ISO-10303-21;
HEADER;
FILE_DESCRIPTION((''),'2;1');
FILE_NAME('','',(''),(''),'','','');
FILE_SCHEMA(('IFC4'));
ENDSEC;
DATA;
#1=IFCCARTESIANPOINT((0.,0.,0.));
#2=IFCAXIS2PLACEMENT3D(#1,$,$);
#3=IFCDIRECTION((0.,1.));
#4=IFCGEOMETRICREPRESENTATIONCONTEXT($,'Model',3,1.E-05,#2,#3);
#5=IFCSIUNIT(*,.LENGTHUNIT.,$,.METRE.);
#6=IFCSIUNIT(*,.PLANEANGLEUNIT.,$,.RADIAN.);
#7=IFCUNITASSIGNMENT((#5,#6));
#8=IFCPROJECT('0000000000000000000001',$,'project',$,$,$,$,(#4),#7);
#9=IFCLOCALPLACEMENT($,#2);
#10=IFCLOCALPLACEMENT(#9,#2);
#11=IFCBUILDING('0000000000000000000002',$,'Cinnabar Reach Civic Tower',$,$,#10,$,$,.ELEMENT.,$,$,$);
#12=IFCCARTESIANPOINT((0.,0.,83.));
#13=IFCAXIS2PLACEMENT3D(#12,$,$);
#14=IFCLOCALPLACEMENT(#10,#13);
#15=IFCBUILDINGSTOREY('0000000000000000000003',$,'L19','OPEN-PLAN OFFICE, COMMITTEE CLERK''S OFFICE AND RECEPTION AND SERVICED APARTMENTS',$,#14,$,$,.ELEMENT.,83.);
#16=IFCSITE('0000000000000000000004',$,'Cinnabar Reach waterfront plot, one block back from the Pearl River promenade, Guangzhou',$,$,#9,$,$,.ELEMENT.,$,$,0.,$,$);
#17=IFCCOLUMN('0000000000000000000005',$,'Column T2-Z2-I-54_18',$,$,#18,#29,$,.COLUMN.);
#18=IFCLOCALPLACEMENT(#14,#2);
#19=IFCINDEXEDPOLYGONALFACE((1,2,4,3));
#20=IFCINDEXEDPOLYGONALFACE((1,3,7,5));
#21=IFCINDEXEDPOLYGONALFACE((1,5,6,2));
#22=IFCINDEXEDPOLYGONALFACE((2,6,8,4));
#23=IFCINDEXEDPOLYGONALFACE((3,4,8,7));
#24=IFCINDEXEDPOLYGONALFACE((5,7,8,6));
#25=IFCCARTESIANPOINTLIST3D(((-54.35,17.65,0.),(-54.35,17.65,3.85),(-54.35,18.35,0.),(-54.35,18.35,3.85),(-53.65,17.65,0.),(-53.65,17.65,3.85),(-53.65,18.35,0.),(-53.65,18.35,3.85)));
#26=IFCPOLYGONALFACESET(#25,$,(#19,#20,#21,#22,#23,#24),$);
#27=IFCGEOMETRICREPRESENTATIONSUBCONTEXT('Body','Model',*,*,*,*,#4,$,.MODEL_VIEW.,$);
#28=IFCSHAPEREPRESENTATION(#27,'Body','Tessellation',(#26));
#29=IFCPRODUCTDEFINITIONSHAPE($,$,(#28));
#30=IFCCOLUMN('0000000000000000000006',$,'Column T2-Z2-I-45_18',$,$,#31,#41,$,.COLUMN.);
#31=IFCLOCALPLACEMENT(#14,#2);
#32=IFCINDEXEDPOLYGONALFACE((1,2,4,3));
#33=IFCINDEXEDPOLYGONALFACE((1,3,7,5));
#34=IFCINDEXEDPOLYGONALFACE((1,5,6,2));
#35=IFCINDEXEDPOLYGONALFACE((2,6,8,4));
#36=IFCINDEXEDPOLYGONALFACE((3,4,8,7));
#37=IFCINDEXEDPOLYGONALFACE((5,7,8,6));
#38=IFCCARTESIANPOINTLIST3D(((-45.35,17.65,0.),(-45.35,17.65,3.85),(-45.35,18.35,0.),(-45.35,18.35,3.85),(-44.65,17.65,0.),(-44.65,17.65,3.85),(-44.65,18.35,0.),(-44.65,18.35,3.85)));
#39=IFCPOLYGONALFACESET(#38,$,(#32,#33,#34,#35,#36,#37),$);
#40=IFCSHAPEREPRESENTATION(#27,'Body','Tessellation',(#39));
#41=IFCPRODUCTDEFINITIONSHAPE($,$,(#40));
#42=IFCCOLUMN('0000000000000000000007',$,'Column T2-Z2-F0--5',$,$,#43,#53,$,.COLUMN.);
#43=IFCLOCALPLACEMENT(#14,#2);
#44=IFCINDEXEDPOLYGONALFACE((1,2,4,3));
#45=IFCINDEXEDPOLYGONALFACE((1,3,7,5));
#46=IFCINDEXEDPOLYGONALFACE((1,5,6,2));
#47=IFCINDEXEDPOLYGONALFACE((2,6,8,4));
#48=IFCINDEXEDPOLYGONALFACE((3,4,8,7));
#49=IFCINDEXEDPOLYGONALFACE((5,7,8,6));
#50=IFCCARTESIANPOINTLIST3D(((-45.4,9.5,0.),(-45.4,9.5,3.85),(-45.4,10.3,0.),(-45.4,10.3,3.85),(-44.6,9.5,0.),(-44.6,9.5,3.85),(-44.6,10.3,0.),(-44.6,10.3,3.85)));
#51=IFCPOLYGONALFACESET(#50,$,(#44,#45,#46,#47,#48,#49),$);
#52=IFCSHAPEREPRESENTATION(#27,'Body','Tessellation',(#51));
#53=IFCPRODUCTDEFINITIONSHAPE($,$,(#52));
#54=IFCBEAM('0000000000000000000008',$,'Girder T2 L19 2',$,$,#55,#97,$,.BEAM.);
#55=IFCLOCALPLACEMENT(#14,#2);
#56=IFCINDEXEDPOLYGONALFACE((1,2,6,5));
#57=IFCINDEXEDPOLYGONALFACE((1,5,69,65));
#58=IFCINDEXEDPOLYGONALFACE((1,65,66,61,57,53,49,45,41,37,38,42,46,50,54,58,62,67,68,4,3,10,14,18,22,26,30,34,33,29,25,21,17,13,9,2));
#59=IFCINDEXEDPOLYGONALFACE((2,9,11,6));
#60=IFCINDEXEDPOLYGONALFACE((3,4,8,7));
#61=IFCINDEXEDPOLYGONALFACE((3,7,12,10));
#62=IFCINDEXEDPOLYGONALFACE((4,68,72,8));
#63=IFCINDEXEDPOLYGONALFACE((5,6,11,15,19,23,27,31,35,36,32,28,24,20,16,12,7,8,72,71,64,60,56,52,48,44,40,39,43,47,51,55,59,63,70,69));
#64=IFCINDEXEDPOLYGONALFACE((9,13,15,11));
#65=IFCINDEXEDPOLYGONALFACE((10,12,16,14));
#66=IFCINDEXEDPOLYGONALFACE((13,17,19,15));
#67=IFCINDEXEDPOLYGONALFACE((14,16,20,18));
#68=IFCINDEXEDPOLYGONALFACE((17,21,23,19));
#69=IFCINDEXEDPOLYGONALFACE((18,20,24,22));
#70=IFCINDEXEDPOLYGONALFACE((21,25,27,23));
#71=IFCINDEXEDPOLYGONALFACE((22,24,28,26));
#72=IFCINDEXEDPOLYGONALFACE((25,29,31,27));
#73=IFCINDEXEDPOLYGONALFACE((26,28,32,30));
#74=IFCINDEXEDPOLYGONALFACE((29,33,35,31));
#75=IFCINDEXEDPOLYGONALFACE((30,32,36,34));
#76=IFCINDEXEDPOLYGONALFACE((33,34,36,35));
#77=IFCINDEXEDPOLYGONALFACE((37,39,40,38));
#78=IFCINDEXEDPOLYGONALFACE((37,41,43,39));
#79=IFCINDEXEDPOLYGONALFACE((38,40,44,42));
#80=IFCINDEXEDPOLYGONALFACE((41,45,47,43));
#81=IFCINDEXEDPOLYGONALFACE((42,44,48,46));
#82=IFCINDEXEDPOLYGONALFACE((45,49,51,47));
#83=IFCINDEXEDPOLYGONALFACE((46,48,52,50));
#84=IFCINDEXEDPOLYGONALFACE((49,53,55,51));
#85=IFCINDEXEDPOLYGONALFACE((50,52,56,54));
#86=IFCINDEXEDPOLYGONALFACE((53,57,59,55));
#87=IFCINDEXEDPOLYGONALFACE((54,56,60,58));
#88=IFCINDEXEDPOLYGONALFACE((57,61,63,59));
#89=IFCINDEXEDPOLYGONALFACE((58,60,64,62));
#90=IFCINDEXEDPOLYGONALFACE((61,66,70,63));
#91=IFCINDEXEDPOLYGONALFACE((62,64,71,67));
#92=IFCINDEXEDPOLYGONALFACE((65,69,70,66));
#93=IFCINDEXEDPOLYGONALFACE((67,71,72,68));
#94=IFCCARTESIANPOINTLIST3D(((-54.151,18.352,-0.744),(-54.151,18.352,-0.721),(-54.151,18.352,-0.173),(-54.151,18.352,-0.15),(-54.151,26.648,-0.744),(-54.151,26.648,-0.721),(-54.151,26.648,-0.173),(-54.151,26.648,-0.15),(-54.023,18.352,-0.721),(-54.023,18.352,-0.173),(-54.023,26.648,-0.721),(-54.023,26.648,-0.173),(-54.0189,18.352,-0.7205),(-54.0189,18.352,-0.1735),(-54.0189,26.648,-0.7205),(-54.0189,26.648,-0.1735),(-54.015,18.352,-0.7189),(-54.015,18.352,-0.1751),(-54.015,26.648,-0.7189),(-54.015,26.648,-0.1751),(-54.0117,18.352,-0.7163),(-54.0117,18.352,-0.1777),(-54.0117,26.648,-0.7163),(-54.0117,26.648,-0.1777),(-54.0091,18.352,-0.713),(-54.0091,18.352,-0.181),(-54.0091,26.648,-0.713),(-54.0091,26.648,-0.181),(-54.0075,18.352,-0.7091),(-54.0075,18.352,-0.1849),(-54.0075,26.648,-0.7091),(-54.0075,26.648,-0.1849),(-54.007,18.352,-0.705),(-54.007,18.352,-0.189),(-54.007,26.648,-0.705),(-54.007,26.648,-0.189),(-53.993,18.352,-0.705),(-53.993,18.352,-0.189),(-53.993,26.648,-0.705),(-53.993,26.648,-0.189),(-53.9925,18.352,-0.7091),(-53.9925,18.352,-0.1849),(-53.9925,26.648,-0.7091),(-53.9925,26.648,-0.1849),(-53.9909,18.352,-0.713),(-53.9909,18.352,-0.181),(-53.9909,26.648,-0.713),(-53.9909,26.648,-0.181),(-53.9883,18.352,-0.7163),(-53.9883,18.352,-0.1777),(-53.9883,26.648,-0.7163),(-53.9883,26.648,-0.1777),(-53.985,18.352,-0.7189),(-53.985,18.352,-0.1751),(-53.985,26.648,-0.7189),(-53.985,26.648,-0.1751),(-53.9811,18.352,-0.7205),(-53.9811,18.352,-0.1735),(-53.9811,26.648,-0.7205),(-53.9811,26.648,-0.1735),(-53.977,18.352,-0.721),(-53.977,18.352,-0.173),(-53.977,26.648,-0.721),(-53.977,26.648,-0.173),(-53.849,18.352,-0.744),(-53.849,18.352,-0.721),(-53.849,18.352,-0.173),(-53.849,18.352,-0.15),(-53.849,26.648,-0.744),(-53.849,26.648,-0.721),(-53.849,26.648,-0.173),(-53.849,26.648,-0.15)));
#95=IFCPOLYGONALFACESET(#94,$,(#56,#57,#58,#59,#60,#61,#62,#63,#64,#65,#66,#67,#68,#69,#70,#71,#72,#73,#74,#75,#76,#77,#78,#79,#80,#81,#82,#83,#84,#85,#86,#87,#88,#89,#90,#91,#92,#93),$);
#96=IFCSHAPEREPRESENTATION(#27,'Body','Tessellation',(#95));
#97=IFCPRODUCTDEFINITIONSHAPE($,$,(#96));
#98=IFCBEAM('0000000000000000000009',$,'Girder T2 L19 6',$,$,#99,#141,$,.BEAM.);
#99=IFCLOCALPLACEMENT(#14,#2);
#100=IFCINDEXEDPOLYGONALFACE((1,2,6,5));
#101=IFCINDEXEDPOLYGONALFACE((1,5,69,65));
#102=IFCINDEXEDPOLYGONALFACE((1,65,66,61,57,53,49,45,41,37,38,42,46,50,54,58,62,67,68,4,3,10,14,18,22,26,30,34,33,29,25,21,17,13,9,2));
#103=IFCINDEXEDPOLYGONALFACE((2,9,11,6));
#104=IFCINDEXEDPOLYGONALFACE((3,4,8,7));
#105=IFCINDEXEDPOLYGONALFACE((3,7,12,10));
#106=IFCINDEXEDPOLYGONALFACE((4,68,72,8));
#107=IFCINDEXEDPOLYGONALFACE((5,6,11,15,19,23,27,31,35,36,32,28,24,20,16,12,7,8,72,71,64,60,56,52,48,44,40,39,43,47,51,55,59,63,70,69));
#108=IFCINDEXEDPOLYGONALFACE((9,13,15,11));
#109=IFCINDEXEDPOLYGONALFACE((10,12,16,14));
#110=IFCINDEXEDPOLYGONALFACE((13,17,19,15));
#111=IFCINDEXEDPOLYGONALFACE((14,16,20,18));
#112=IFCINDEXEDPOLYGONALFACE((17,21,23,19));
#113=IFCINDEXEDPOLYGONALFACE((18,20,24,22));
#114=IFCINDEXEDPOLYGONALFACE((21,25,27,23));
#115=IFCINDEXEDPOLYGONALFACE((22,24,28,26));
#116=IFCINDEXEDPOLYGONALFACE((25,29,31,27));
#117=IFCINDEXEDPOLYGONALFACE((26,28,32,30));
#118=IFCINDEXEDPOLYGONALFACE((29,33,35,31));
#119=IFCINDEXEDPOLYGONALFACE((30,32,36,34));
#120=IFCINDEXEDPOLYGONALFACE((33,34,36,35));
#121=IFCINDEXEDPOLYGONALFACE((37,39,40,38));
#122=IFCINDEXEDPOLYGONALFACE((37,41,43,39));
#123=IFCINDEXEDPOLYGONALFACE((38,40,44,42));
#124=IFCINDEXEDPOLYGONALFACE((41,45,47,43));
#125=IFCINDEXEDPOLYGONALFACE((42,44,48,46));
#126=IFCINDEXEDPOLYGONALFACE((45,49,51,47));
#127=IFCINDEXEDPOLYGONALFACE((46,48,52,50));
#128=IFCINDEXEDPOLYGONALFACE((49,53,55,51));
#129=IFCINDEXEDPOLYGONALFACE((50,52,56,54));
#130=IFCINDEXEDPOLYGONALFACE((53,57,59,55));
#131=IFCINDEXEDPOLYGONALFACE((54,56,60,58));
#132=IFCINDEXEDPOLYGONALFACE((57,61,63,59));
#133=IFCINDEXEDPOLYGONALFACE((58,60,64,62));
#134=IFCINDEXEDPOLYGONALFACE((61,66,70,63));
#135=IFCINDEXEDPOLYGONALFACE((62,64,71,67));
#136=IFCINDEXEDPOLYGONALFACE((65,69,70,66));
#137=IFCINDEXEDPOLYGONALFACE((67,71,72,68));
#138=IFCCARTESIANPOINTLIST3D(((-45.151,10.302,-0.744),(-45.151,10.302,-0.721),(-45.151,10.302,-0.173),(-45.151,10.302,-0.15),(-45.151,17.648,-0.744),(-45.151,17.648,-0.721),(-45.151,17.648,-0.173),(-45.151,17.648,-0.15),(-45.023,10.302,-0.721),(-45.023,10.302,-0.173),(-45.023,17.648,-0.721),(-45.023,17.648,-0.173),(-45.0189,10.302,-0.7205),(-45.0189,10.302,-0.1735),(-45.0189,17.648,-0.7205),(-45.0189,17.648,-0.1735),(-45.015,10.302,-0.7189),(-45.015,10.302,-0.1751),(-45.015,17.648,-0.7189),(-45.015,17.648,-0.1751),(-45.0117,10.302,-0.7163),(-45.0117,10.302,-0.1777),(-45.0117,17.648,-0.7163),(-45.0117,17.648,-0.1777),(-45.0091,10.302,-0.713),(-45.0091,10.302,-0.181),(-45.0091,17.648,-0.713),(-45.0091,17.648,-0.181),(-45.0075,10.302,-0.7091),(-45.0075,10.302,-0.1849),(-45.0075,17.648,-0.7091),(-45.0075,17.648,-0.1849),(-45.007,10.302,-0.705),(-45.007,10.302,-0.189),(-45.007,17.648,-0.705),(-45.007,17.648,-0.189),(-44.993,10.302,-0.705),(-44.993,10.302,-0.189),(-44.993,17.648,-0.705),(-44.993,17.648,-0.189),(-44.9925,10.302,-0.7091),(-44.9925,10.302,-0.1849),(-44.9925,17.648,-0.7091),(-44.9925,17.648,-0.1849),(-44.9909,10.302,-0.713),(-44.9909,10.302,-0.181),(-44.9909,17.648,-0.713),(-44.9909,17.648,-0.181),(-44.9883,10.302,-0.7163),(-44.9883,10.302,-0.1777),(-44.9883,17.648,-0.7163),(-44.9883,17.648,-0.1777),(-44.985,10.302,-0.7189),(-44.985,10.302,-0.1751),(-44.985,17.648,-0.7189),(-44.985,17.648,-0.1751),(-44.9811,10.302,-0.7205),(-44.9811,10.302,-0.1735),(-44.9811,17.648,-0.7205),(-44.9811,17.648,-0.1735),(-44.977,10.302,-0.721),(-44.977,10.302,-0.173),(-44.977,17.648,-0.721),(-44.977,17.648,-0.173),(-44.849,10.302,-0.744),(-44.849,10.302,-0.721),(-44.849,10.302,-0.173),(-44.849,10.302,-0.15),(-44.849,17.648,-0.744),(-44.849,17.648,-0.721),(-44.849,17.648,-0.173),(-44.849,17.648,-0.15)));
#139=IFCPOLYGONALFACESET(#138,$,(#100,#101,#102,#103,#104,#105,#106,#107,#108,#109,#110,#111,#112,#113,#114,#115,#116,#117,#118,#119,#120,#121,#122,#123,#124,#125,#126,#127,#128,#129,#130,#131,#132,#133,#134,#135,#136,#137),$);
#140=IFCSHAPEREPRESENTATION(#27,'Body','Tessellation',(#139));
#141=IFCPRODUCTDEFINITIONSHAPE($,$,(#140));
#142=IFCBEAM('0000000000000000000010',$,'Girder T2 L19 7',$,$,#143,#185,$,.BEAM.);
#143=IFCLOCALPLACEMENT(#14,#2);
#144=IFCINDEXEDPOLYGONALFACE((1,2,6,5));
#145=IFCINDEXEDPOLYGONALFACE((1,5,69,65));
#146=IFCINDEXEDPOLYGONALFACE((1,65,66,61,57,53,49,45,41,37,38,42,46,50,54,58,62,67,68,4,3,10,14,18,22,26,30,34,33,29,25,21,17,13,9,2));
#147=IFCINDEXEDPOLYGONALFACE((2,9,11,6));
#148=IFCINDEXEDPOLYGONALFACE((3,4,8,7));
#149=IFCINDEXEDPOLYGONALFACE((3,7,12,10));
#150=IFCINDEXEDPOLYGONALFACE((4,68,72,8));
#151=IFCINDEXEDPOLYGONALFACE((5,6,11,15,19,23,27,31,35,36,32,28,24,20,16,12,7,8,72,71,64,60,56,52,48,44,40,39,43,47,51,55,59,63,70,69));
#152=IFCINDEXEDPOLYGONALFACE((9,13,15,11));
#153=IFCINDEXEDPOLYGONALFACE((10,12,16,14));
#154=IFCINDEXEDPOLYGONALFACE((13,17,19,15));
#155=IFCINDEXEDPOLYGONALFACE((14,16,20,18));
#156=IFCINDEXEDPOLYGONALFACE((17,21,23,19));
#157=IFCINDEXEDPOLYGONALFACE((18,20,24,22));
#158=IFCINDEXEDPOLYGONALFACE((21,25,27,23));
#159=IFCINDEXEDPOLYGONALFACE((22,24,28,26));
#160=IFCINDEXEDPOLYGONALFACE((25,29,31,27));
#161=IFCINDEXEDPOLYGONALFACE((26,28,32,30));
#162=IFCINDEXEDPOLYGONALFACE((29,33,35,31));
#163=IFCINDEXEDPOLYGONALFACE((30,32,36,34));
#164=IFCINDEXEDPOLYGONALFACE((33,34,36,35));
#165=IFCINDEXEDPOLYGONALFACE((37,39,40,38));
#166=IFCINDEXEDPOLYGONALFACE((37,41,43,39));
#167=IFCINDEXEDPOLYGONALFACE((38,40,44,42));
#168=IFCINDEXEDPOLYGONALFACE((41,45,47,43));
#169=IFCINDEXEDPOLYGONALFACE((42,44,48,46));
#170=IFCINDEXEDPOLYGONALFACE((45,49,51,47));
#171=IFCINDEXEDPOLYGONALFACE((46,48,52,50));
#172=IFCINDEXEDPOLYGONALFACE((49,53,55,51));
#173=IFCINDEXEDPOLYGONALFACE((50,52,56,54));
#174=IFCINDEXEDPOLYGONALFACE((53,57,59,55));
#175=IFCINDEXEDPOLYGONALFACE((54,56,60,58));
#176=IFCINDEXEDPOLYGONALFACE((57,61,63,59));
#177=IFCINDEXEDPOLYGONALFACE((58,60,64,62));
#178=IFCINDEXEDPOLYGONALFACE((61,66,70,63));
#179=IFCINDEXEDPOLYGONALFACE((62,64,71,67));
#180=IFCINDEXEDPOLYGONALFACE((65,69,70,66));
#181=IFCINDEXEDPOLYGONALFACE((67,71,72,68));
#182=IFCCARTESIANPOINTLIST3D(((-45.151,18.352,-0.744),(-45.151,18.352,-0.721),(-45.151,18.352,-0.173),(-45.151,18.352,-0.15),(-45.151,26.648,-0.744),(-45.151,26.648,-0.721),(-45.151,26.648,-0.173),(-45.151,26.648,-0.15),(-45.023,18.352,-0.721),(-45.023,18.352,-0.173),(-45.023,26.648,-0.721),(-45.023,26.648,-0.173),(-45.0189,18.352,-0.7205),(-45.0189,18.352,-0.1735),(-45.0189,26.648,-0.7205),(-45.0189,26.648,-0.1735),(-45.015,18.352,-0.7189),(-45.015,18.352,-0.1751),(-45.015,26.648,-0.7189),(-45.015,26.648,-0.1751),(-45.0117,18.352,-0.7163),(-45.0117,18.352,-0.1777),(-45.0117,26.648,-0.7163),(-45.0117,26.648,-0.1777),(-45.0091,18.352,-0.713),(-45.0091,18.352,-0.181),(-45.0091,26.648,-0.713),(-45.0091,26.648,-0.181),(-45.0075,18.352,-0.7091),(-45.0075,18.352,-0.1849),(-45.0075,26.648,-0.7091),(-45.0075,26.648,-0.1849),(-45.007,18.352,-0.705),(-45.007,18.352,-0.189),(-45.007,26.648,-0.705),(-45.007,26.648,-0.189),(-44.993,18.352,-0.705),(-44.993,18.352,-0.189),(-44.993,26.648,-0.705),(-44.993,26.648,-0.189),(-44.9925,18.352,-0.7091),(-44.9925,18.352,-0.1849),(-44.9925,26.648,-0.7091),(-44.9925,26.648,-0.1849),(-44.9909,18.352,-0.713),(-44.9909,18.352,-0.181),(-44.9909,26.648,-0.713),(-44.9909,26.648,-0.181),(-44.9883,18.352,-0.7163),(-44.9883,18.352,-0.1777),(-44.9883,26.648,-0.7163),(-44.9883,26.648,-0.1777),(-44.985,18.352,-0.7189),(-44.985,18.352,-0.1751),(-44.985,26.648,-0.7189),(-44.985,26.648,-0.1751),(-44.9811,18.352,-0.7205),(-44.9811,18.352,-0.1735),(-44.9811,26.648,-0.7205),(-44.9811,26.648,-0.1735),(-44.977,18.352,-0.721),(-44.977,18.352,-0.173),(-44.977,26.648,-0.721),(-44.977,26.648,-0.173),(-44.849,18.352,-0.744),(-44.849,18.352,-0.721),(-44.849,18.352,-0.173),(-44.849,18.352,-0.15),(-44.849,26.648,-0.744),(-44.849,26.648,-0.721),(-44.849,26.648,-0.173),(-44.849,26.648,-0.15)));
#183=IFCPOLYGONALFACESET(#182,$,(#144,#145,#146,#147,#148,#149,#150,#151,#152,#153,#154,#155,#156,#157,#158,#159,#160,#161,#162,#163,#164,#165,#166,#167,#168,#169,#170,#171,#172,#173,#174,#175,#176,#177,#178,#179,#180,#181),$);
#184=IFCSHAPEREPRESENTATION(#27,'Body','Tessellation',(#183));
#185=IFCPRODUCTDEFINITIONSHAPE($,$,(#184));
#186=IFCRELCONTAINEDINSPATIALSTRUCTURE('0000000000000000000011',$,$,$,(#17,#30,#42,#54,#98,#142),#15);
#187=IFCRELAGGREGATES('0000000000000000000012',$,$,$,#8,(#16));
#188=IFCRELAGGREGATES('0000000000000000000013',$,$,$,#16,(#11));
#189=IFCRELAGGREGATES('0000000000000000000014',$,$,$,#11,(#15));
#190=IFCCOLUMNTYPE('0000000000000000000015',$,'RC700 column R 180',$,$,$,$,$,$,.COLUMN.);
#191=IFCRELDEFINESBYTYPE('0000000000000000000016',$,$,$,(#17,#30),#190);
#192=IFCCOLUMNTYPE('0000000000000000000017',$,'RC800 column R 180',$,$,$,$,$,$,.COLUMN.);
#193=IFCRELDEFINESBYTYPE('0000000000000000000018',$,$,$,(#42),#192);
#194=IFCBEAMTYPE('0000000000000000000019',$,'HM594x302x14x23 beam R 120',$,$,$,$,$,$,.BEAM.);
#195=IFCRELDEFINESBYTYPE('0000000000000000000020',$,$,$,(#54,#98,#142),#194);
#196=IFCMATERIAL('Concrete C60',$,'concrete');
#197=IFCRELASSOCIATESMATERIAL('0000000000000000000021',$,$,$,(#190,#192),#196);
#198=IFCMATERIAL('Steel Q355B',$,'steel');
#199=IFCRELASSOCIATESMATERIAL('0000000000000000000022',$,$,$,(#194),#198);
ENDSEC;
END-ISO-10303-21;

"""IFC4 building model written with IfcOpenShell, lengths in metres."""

from ifc_helpers import new_model, si_unit, direction, frame, origin, origin_2d, place, context, subcontext, project, spatial, rectangle, i_section, extrude, material, material_profile, profile_set, type_object, element, save


model = new_model("IFC4")

# Units and contexts
model_context = context("Model", 3, precision=1e-05, world=origin(), true_north=direction((0.0, 1.0)))
body_context = subcontext(model_context, "Body", "Model", "MODEL_VIEW")
ifc_project = project(units=[si_unit("LENGTHUNIT", "METRE"), si_unit("PLANEANGLEUNIT", "RADIAN")], contexts=[model_context])

# Site, building, storey
site_placement = place(None, origin())
site = spatial("IfcSite", under=ifc_project, at=site_placement, Name="Cinnabar Reach waterfront plot, one block back from the Pearl River promenade, Guangzhou", CompositionType="ELEMENT", RefElevation=0.0)
building_placement = place(site_placement, origin())
building = spatial("IfcBuilding", under=site, at=building_placement, Name="Cinnabar Reach Civic Tower", CompositionType="ELEMENT")
storey_placement = place(building_placement, frame((0.0, 0.0, 83.0)))
storey = spatial("IfcBuildingStorey", under=building, at=storey_placement, Name="L19", Description="OPEN-PLAN OFFICE, COMMITTEE CLERK'S OFFICE AND RECEPTION AND SERVICED APARTMENTS", CompositionType="ELEMENT", Elevation=83.0)

# Columns
ifc_material_1 = material(Name="Concrete C60", Category="concrete")
ifc_material_profile_1 = material_profile(ifc_material_1, rectangle(XDim=0.7, YDim=0.7, at=origin_2d()), Name="RC700")
ifc_profile_set_1 = profile_set([ifc_material_profile_1], Name="Concrete C60")
column_type_1 = type_object("IfcColumnType", Name="RC700 column R 180", PredefinedType="COLUMN", material=ifc_profile_set_1)
for number, where, z_axis, x_axis, name in (
    (1, (-54.0, 18.0, 0.0), (0.0, 0.0, 1.0), (1.0, 0.0, 0.0), "Column T2-Z2-I-54_18"),
    (2, (-45.0, 18.0, 0.0), (0.0, 0.0, 1.0), (1.0, 0.0, 0.0), "Column T2-Z2-I-45_18"),
):
    element("IfcColumn", number, at=place(storey_placement, frame(where, z_axis=z_axis, x_axis=x_axis)), inside=storey, type_object=column_type_1, Name=name, PredefinedType="COLUMN", context=body_context, shape_type="SweptSolid", body=[
        extrude(rectangle(XDim=0.7, YDim=0.7, at=origin_2d()), origin(), (0.0, 0.0, 1.0), 3.85),
    ])
ifc_material_profile_2 = material_profile(ifc_material_1, rectangle(XDim=0.8, YDim=0.8, at=origin_2d()), Name="RC800")
ifc_profile_set_2 = profile_set([ifc_material_profile_2], Name="Concrete C60")
column_type_2 = type_object("IfcColumnType", Name="RC800 column R 180", PredefinedType="COLUMN", material=ifc_profile_set_2)
column_placement = place(storey_placement, frame((-45.0, 9.9, 0.0), z_axis=(0.0, 0.0, 1.0), x_axis=(1.0, 0.0, 0.0)))
element("IfcColumn", 3, at=column_placement, inside=storey, type_object=column_type_2, Name="Column T2-Z2-F0--5", PredefinedType="COLUMN", context=body_context, shape_type="SweptSolid", body=[
    extrude(rectangle(XDim=0.8, YDim=0.8, at=origin_2d()), origin(), (0.0, 0.0, 1.0), 3.85),
])

# Beams
ifc_material_2 = material(Name="Steel Q355B", Category="steel")
ifc_material_profile_3 = material_profile(ifc_material_2, i_section(OverallWidth=0.302, OverallDepth=0.594, WebThickness=0.014, FlangeThickness=0.023, FilletRadius=0.016, at=origin_2d()), Name="HM594x302x14x23")
ifc_profile_set_3 = profile_set([ifc_material_profile_3], Name="Steel Q355B")
beam_type_1 = type_object("IfcBeamType", Name="HM594x302x14x23 beam R 120", PredefinedType="BEAM", material=ifc_profile_set_3)
beam_1_placement = place(storey_placement, frame((-54.0, 18.352, -0.447), z_axis=(0.0, 1.0, 0.0), x_axis=(-1.0, 0.0, 0.0)))
element("IfcBeam", 4, at=beam_1_placement, inside=storey, type_object=beam_type_1, Name="Girder T2 L19 2", PredefinedType="BEAM", context=body_context, shape_type="SweptSolid", body=[
    extrude(i_section(OverallWidth=0.302, OverallDepth=0.594, WebThickness=0.014, FlangeThickness=0.023, FilletRadius=0.016, at=origin_2d()), origin(), (0.0, 0.0, 1.0), 8.296),
])
beam_2_placement = place(storey_placement, frame((-45.0, 10.302, -0.447), z_axis=(0.0, 1.0, 0.0), x_axis=(-1.0, 0.0, 0.0)))
element("IfcBeam", 5, at=beam_2_placement, inside=storey, type_object=beam_type_1, Name="Girder T2 L19 6", PredefinedType="BEAM", context=body_context, shape_type="SweptSolid", body=[
    extrude(i_section(OverallWidth=0.302, OverallDepth=0.594, WebThickness=0.014, FlangeThickness=0.023, FilletRadius=0.016, at=origin_2d()), origin(), (0.0, 0.0, 1.0), 7.346),
])
beam_3_placement = place(storey_placement, frame((-45.0, 18.352, -0.447), z_axis=(0.0, 1.0, 0.0), x_axis=(-1.0, 0.0, 0.0)))
element("IfcBeam", 6, at=beam_3_placement, inside=storey, type_object=beam_type_1, Name="Girder T2 L19 7", PredefinedType="BEAM", context=body_context, shape_type="SweptSolid", body=[
    extrude(i_section(OverallWidth=0.302, OverallDepth=0.594, WebThickness=0.014, FlangeThickness=0.023, FilletRadius=0.016, at=origin_2d()), origin(), (0.0, 0.0, 1.0), 8.296),
])

save(model, "model.ifc")
